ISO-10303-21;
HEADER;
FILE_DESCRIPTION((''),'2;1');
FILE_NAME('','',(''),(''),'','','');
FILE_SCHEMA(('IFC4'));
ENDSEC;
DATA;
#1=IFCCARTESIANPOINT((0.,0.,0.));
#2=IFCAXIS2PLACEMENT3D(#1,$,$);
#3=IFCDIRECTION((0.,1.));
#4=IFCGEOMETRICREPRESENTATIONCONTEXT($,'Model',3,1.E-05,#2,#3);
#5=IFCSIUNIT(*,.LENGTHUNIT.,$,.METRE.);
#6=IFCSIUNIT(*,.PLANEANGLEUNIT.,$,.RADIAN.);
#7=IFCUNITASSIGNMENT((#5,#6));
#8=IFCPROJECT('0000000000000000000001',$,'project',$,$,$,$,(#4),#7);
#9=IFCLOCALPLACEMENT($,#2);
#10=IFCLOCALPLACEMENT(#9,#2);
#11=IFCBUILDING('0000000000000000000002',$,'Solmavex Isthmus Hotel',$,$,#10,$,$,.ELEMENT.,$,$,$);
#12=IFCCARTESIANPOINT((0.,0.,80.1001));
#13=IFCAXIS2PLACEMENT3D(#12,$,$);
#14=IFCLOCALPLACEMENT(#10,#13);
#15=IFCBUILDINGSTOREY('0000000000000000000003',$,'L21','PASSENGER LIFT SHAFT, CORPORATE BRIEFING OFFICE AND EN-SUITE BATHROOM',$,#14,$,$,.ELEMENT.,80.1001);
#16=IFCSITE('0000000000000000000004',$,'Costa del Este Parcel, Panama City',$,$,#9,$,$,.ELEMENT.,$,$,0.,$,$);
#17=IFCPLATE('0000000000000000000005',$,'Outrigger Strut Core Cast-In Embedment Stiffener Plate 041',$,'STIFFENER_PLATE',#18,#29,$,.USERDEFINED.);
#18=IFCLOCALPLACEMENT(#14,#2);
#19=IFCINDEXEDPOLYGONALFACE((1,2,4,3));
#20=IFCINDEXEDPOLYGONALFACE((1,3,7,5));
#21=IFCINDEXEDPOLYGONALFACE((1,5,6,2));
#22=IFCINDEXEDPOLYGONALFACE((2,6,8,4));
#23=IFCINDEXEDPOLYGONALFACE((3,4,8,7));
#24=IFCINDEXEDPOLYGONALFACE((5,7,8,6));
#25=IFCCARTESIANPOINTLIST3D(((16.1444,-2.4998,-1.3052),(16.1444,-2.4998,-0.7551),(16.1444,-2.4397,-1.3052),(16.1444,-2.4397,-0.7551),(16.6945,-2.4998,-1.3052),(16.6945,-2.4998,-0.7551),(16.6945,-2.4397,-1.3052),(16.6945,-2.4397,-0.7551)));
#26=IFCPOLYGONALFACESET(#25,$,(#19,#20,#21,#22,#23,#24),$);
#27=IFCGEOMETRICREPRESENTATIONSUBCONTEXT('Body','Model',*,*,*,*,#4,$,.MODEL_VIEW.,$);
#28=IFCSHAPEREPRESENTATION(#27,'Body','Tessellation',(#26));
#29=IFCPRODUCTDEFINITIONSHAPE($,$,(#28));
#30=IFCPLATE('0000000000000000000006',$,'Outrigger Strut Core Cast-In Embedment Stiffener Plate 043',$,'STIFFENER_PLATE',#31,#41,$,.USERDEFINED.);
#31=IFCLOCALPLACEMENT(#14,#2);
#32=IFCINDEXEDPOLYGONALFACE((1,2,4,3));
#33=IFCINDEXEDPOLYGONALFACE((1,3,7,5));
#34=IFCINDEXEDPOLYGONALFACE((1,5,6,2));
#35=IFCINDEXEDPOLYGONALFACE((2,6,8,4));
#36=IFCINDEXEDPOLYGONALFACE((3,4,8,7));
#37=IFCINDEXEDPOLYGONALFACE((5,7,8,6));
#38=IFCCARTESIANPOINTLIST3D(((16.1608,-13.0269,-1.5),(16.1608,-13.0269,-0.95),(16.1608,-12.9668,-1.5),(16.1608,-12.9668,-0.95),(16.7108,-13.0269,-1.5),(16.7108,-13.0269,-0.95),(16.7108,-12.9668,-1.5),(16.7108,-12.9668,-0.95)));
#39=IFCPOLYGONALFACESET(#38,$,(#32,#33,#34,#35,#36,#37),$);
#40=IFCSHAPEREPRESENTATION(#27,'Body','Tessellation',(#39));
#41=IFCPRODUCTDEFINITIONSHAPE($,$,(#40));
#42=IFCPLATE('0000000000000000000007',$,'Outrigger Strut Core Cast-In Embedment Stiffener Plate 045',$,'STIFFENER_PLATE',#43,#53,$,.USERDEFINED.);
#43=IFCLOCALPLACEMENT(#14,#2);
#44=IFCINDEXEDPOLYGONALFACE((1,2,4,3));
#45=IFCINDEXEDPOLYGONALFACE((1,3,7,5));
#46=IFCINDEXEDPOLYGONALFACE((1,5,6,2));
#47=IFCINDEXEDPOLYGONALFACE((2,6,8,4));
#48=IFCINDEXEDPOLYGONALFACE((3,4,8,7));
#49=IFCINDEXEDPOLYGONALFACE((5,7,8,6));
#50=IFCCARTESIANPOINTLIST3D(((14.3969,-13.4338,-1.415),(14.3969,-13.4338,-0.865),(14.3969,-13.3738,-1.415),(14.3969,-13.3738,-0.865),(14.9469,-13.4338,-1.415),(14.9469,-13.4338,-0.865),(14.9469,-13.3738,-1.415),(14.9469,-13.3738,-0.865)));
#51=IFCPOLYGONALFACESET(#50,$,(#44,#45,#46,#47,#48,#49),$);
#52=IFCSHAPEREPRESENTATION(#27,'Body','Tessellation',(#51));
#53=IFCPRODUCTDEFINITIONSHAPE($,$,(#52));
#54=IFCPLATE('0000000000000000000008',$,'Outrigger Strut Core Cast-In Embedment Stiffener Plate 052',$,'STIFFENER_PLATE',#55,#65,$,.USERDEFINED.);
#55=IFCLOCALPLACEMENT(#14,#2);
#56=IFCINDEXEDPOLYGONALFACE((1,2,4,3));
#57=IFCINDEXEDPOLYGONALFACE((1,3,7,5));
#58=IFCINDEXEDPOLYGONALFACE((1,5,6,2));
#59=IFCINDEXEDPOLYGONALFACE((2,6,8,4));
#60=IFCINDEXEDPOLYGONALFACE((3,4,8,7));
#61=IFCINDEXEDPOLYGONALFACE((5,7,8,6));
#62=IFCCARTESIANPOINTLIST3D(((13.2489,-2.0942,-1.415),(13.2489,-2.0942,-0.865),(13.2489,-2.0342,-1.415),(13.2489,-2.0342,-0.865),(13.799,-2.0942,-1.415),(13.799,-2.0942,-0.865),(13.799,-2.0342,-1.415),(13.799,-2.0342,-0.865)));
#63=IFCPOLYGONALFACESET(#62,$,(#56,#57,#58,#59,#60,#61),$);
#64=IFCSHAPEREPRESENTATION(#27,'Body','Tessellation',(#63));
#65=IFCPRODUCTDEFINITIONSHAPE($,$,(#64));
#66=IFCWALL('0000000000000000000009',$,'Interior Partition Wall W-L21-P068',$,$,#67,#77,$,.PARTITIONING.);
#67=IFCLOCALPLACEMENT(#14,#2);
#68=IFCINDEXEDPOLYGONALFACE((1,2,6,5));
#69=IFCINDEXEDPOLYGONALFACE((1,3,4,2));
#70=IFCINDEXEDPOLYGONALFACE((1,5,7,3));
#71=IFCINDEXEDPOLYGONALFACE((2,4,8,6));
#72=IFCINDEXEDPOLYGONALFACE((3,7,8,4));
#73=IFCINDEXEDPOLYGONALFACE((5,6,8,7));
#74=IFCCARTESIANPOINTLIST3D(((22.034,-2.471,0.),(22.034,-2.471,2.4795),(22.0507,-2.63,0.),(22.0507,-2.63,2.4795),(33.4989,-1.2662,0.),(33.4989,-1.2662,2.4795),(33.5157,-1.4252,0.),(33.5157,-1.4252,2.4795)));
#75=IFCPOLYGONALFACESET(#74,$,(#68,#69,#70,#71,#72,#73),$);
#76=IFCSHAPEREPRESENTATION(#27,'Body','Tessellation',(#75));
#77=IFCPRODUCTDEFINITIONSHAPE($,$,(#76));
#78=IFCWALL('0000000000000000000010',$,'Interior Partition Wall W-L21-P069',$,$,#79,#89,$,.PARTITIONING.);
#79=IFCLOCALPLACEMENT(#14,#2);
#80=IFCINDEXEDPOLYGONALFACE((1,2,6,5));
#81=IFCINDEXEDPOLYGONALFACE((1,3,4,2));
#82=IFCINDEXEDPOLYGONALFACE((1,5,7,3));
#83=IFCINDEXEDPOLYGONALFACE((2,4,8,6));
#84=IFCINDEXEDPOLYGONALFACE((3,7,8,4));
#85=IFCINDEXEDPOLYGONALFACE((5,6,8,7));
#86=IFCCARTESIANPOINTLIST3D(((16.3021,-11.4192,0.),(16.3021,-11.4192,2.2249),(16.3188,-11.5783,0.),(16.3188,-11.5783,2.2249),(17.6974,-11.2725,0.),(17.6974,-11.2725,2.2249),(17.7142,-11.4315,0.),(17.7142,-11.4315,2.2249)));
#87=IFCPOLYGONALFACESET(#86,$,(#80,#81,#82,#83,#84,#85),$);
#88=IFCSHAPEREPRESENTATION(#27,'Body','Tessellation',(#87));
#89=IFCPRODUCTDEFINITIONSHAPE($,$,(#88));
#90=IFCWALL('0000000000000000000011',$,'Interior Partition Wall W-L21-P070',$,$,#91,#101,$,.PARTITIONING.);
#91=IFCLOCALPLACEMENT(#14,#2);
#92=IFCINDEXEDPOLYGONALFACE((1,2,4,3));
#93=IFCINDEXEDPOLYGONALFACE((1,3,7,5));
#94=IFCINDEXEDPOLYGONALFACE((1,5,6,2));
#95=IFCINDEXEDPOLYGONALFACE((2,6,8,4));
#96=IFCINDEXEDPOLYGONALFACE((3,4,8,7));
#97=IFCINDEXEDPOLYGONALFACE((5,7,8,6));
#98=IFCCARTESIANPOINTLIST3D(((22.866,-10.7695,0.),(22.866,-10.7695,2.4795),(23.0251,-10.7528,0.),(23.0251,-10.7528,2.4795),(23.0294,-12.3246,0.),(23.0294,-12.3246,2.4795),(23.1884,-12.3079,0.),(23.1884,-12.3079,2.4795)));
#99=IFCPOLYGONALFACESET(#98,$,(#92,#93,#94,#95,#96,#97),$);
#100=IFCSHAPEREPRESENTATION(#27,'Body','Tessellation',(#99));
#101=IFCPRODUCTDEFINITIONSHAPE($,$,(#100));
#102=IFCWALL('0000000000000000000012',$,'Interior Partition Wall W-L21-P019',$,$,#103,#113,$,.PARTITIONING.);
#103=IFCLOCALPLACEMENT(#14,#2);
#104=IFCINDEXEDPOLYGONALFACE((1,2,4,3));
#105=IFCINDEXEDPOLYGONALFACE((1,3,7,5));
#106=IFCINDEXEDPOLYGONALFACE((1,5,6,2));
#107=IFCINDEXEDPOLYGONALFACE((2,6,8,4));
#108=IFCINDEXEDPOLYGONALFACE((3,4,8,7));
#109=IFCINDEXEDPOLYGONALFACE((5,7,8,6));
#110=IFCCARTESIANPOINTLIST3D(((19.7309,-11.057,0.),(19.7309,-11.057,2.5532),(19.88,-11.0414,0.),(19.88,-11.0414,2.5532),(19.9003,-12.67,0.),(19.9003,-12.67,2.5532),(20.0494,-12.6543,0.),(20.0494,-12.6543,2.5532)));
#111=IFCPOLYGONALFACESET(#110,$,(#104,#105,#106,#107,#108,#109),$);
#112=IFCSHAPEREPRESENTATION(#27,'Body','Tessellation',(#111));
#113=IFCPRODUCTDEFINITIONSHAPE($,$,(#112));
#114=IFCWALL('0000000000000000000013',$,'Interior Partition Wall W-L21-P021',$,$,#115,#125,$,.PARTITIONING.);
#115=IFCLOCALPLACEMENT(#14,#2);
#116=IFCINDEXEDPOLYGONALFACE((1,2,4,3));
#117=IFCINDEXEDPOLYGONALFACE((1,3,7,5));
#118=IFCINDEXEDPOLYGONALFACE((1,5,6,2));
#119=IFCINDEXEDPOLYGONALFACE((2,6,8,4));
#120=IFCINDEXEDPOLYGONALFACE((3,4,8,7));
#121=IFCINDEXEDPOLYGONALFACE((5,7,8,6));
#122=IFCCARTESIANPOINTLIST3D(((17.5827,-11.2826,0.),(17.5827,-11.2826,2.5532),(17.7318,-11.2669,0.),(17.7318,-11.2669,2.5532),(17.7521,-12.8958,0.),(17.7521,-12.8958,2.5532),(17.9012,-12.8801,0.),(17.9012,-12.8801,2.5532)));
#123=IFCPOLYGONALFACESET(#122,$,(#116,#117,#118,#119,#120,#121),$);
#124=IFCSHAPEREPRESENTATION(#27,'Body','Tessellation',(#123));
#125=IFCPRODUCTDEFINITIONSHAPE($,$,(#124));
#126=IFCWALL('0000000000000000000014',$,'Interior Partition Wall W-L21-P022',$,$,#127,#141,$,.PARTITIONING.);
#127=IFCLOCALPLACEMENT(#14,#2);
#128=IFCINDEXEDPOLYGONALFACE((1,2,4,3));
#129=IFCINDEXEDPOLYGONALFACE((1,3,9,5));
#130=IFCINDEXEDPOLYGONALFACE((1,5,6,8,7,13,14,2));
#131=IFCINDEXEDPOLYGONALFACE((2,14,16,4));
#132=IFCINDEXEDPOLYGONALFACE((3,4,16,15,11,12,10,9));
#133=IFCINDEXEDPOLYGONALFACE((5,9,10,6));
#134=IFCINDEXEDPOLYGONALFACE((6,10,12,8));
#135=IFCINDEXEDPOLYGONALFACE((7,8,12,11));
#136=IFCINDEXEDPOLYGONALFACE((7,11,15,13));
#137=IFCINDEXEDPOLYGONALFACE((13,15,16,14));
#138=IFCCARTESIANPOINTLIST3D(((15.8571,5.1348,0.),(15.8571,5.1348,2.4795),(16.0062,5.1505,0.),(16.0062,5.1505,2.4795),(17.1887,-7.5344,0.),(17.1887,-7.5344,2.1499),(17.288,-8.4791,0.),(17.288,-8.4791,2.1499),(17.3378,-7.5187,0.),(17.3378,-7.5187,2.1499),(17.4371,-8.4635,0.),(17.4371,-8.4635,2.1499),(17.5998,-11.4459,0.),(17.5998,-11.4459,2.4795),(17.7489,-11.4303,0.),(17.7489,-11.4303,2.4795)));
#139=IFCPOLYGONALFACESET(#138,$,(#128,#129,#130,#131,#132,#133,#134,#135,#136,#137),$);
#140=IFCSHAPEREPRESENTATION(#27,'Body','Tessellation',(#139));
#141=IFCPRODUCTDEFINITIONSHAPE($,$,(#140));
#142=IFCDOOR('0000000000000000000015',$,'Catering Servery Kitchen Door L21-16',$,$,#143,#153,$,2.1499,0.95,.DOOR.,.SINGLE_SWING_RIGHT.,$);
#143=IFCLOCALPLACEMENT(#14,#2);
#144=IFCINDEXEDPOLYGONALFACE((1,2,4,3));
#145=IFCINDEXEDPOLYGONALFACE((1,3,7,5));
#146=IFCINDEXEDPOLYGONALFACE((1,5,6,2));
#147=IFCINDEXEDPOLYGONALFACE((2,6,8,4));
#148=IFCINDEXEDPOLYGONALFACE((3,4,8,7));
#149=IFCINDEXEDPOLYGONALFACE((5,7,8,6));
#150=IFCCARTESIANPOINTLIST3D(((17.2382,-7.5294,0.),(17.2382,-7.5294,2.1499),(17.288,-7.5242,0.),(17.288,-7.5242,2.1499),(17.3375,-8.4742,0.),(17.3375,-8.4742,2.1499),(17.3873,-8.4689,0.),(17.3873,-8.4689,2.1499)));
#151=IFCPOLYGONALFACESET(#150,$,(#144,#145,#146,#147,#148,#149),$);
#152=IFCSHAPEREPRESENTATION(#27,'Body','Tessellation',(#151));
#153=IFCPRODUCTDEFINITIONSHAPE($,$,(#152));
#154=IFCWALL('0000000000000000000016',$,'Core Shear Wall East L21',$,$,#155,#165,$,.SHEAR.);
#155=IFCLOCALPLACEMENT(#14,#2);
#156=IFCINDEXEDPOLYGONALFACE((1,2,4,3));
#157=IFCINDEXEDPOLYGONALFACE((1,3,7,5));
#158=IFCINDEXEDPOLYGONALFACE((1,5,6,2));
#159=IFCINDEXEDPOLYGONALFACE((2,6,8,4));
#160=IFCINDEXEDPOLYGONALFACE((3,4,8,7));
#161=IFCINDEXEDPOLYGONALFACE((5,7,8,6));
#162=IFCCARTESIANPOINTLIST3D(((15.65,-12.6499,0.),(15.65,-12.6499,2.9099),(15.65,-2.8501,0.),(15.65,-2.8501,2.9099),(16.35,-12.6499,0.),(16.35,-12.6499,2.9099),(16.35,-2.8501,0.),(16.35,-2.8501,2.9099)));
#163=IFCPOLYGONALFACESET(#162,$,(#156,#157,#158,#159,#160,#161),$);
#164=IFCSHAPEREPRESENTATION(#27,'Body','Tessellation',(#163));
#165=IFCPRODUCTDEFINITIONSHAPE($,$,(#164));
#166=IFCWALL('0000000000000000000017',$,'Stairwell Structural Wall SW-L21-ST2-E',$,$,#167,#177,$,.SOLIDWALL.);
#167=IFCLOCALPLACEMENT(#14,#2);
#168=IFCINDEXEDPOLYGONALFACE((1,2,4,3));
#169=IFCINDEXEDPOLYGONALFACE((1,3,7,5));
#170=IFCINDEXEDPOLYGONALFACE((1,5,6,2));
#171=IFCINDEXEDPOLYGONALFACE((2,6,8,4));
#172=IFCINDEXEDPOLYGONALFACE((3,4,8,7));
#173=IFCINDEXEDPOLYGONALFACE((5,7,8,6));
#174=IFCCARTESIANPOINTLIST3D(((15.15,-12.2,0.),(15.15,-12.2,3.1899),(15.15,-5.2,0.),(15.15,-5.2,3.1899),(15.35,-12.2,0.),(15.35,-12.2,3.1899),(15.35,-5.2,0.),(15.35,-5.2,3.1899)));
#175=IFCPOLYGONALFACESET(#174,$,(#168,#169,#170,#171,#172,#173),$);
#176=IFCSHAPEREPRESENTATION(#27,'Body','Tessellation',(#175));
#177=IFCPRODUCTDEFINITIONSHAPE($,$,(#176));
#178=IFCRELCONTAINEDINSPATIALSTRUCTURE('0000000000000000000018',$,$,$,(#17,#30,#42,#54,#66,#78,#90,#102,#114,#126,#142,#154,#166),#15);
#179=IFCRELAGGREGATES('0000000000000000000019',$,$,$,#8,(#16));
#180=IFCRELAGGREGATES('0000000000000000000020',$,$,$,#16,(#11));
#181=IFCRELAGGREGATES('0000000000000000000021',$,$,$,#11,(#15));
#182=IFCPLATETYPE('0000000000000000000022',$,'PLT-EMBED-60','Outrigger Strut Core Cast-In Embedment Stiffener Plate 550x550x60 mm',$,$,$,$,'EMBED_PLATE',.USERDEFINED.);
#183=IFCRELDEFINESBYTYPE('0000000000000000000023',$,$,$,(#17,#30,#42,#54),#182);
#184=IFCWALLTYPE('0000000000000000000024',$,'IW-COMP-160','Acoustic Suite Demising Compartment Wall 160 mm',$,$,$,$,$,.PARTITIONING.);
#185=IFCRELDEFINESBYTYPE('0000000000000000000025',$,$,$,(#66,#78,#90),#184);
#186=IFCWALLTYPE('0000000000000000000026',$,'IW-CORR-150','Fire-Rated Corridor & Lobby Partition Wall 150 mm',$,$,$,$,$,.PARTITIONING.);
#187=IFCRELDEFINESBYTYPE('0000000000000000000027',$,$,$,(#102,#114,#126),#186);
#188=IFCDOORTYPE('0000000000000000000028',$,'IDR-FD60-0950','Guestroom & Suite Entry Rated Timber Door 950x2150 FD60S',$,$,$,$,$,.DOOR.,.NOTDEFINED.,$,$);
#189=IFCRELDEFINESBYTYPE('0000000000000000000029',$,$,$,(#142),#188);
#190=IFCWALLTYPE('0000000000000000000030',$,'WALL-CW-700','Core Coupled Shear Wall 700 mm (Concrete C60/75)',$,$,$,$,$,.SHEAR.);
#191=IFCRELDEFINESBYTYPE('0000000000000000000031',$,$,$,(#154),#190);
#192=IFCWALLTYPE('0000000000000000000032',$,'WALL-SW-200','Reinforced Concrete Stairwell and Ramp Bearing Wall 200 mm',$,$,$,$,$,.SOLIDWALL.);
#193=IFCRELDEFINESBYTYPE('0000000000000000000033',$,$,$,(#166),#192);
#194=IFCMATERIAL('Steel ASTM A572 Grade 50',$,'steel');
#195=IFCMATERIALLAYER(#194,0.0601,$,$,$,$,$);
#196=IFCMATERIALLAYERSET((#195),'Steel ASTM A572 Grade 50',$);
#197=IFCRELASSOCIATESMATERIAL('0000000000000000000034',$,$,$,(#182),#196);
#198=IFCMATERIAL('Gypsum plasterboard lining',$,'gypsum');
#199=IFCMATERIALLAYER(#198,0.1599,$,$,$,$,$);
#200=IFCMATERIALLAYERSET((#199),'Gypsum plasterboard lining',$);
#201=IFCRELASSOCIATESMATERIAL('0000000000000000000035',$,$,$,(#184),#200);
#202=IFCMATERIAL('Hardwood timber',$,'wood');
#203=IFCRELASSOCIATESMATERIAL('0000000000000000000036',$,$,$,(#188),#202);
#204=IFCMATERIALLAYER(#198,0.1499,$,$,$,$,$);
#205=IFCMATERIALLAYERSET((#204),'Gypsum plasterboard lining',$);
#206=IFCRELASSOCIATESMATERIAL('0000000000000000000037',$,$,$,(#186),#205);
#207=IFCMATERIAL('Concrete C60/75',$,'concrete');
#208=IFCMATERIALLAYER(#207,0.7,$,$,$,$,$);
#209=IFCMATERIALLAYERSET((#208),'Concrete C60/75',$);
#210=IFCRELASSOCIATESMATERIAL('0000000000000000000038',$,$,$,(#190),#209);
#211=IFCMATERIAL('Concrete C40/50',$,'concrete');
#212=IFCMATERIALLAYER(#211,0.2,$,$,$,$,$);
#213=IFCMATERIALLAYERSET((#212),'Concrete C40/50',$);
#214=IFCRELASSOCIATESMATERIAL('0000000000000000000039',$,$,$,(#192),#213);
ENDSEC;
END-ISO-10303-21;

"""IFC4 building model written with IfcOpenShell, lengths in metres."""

from ifc_helpers import new_model, si_unit, direction, frame, frame_2d, origin, origin_2d, place, context, subcontext, project, spatial, rectangle, extrude, material, layer, layer_set, type_object, element, fill, save


model = new_model("IFC4")

# Units and contexts
model_context = context("Model", 3, precision=1e-05, world=origin(), true_north=direction((0.0, 1.0)))
body_context = subcontext(model_context, "Body", "Model", "MODEL_VIEW")
ifc_project = project(units=[si_unit("LENGTHUNIT", "METRE"), si_unit("PLANEANGLEUNIT", "RADIAN")], contexts=[model_context])

# Site, building, storey
site_placement = place(None, origin())
site = spatial("IfcSite", under=ifc_project, at=site_placement, Name="Costa del Este Parcel, Panama City", CompositionType="ELEMENT", RefElevation=0.0)
building_placement = place(site_placement, origin())
building = spatial("IfcBuilding", under=site, at=building_placement, Name="Solmavex Isthmus Hotel", CompositionType="ELEMENT")
storey_placement = place(building_placement, frame((0.0, 0.0, 80.1001)))
storey = spatial("IfcBuildingStorey", under=building, at=storey_placement, Name="L21", Description="PASSENGER LIFT SHAFT, CORPORATE BRIEFING OFFICE AND EN-SUITE BATHROOM", CompositionType="ELEMENT", Elevation=80.1001)

# Shared definitions
ifc_material_1 = material(Name="Concrete C60/75", Category="concrete")

# Shared definitions
ifc_material_2 = material(Name="Steel ASTM A572 Grade 50", Category="steel")

# Plates
ifc_layer_1 = layer(ifc_material_2, 0.0601)
ifc_layer_set_1 = layer_set([ifc_layer_1], Name="Steel ASTM A572 Grade 50")
plate_type = type_object("IfcPlateType", Name="PLT-EMBED-60", Description="Outrigger Strut Core Cast-In Embedment Stiffener Plate 550x550x60 mm", ElementType="EMBED_PLATE", PredefinedType="USERDEFINED", material=ifc_layer_set_1)
for number, where, z_axis, x_axis, name in (
    (1, (16.4194, -2.4697, -1.3052), (0.0, 0.0, 1.0), (1.0, 0.0, 0.0), "Outrigger Strut Core Cast-In Embedment Stiffener Plate 041"),
    (2, (16.4358, -12.9968, -1.5), (0.0, 0.0, 1.0), (1.0, 0.0, 0.0), "Outrigger Strut Core Cast-In Embedment Stiffener Plate 043"),
    (3, (14.6719, -13.4038, -1.415), (0.0, 0.0, 1.0), (1.0, 0.0, 0.0), "Outrigger Strut Core Cast-In Embedment Stiffener Plate 045"),
    (4, (13.5239, -2.0642, -1.415), (0.0, 0.0, 1.0), (1.0, 0.0, 0.0), "Outrigger Strut Core Cast-In Embedment Stiffener Plate 052"),
):
    element("IfcPlate", number, at=place(storey_placement, frame(where, z_axis=z_axis, x_axis=x_axis)), inside=storey, type_object=plate_type, Name=name, ObjectType="STIFFENER_PLATE", PredefinedType="USERDEFINED", context=body_context, shape_type="SweptSolid", body=[
        extrude(rectangle(XDim=0.55, YDim=0.0601, at=origin_2d()), origin(), (0.0, 0.0, 1.0), 0.55),
    ])

# Shared definitions
ifc_material_3 = material(Name="Gypsum plasterboard lining", Category="gypsum")
ifc_layer_2 = layer(ifc_material_3, 0.1599)
ifc_layer_set_2 = layer_set([ifc_layer_2], Name="Gypsum plasterboard lining")
wall_type_1 = type_object("IfcWallType", Name="IW-COMP-160", Description="Acoustic Suite Demising Compartment Wall 160 mm", PredefinedType="PARTITIONING", material=ifc_layer_set_2)
ifc_material_4 = material(Name="Hardwood timber", Category="wood")
door_type = type_object("IfcDoorType", Name="IDR-FD60-0950", Description="Guestroom & Suite Entry Rated Timber Door 950x2150 FD60S", OperationType="NOTDEFINED", PredefinedType="DOOR", material=ifc_material_4)

# Walls
wall_1_placement = place(storey_placement, frame((22.0422, -2.5505, 0.0), z_axis=(0.0, 0.0, 1.0), x_axis=(0.994523, 0.104514, 0.0)))
element("IfcWall", 5, at=wall_1_placement, inside=storey, type_object=wall_type_1, Name="Interior Partition Wall W-L21-P068", PredefinedType="PARTITIONING", context=body_context, shape_type="SweptSolid", body=[
    extrude(rectangle(XDim=11.5281, YDim=0.1599, at=frame_2d((5.7642, 0.0))), origin(), (0.0, 0.0, 1.0), 2.4795),
])
wall_2_placement = place(storey_placement, frame((16.3103, -11.4988, 0.0), z_axis=(0.0, 0.0, 1.0), x_axis=(0.994516, 0.104585, 0.0)))
element("IfcWall", 6, at=wall_2_placement, inside=storey, type_object=wall_type_1, Name="Interior Partition Wall W-L21-P069", PredefinedType="PARTITIONING", context=body_context, shape_type="SweptSolid", body=[
    extrude(rectangle(XDim=1.4031, YDim=0.1599, at=frame_2d((0.7017, 0.0))), origin(), (0.0, 0.0, 1.0), 2.2249),
])
wall_3_placement = place(storey_placement, frame((22.9456, -10.7612, 0.0), z_axis=(0.0, 0.0, 1.0), x_axis=(0.104449, -0.99453, 0.0)))
element("IfcWall", 7, at=wall_3_placement, inside=storey, type_object=wall_type_1, Name="Interior Partition Wall W-L21-P070", PredefinedType="PARTITIONING", context=body_context, shape_type="SweptSolid", body=[
    extrude(rectangle(XDim=1.5637, YDim=0.1599, at=frame_2d((0.7817, 0.0))), origin(), (0.0, 0.0, 1.0), 2.4795),
])
ifc_layer_3 = layer(ifc_material_3, 0.1499)
ifc_layer_set_3 = layer_set([ifc_layer_3], Name="Gypsum plasterboard lining")
wall_type_2 = type_object("IfcWallType", Name="IW-CORR-150", Description="Fire-Rated Corridor & Lobby Partition Wall 150 mm", PredefinedType="PARTITIONING", material=ifc_layer_set_3)
wall_4_placement = place(storey_placement, frame((19.8054, -11.0491, 0.0), z_axis=(0.0, 0.0, 1.0), x_axis=(0.104465, -0.994529, 0.0)))
element("IfcWall", 8, at=wall_4_placement, inside=storey, type_object=wall_type_2, Name="Interior Partition Wall W-L21-P019", PredefinedType="PARTITIONING", context=body_context, shape_type="SweptSolid", body=[
    extrude(rectangle(XDim=1.6218, YDim=0.1499, at=frame_2d((0.811, 0.0))), origin(), (0.0, 0.0, 1.0), 2.5532),
])

# Wall
wall_5_placement = place(storey_placement, frame((17.8267, -12.8879, 0.0), z_axis=(0.0, 0.0, 1.0), x_axis=(-0.10445, 0.99453, 0.0)))
element("IfcWall", 9, at=wall_5_placement, inside=storey, type_object=wall_type_2, Name="Interior Partition Wall W-L21-P021", PredefinedType="PARTITIONING", context=body_context, shape_type="SweptSolid", body=[
    extrude(rectangle(XDim=1.6221, YDim=0.1499, at=frame_2d((0.811, 0.0))), origin(), (0.0, 0.0, 1.0), 2.5532),
])

# Wall, opening, door
wall_6_placement = place(storey_placement, frame((17.6743, -11.438, 0.0), z_axis=(0.0, 0.0, 1.0), x_axis=(-0.104526, 0.994522, 0.0)))
wall_6 = element("IfcWall", 10, at=wall_6_placement, inside=storey, type_object=wall_type_2, Name="Interior Partition Wall W-L21-P022", PredefinedType="PARTITIONING", context=body_context, shape_type="SweptSolid", body=[
    extrude(rectangle(XDim=16.6721, YDim=0.1499, at=frame_2d((8.3359, 0.0))), origin(), (0.0, 0.0, 1.0), 2.4795),
])
opening_1_placement = place(wall_6_placement, frame((2.9829, 0.0, 0.0)))
opening_1 = element("IfcOpeningElement", 11, at=opening_1_placement, cuts=wall_6, PredefinedType="OPENING", context=body_context, shape_type="SweptSolid", body=[
    extrude(rectangle(XDim=0.95, YDim=2.1499, at=frame_2d((0.4751, 1.075))), frame((0.0, 0.085, 0.0), z_axis=(0.0, -1.0, 0.0), x_axis=(1.0, 0.0, 0.0)), (0.0, 0.0, 1.0), 0.1699),
])
door_1_placement = place(opening_1_placement, frame((0.95, 0.0, 0.0), z_axis=(0.0, 0.0, 1.0), x_axis=(-1.0, 0.0, 0.0)))
door_1 = element("IfcDoor", 12, at=door_1_placement, inside=storey, type_object=door_type, Name="Catering Servery Kitchen Door L21-16", OperationType="SINGLE_SWING_RIGHT", OverallHeight=2.1499, OverallWidth=0.95, PredefinedType="DOOR", context=body_context, shape_type="SweptSolid", body=[
    extrude(rectangle(XDim=0.95, YDim=2.1499, at=frame_2d((0.4751, 1.075))), frame((0.0, 0.0249, 0.0), z_axis=(0.0, -1.0, 0.0), x_axis=(1.0, 0.0, 0.0)), (0.0, 0.0, 1.0), 0.05),
])
fill(opening_1, door_1)

# Walls
ifc_layer_4 = layer(ifc_material_1, 0.7)
ifc_layer_set_4 = layer_set([ifc_layer_4], Name="Concrete C60/75")
wall_type_3 = type_object("IfcWallType", Name="WALL-CW-700", Description="Core Coupled Shear Wall 700 mm (Concrete C60/75)", PredefinedType="SHEAR", material=ifc_layer_set_4)
wall_7_placement = place(storey_placement, frame((16.0, -12.6499, 0.0), z_axis=(0.0, 0.0, 1.0), x_axis=(0.0, 1.0, 0.0)))
element("IfcWall", 13, at=wall_7_placement, inside=storey, type_object=wall_type_3, Name="Core Shear Wall East L21", PredefinedType="SHEAR", context=body_context, shape_type="SweptSolid", body=[
    extrude(rectangle(XDim=9.7998, YDim=0.7, at=frame_2d((4.8999, 0.0))), origin(), (0.0, 0.0, 1.0), 2.9099),
])
ifc_material_5 = material(Name="Concrete C40/50", Category="concrete")
ifc_layer_5 = layer(ifc_material_5, 0.2)
ifc_layer_set_5 = layer_set([ifc_layer_5], Name="Concrete C40/50")
wall_type_4 = type_object("IfcWallType", Name="WALL-SW-200", Description="Reinforced Concrete Stairwell and Ramp Bearing Wall 200 mm", PredefinedType="SOLIDWALL", material=ifc_layer_set_5)
wall_8_placement = place(storey_placement, frame((15.25, -12.2, 0.0), z_axis=(0.0, 0.0, 1.0), x_axis=(0.0, 1.0, 0.0)))
element("IfcWall", 14, at=wall_8_placement, inside=storey, type_object=wall_type_4, Name="Stairwell Structural Wall SW-L21-ST2-E", PredefinedType="SOLIDWALL", context=body_context, shape_type="SweptSolid", body=[
    extrude(rectangle(XDim=7.0, YDim=0.2, at=frame_2d((3.5, 0.0))), origin(), (0.0, 0.0, 1.0), 3.1899),
])

save(model, "model.ifc")
